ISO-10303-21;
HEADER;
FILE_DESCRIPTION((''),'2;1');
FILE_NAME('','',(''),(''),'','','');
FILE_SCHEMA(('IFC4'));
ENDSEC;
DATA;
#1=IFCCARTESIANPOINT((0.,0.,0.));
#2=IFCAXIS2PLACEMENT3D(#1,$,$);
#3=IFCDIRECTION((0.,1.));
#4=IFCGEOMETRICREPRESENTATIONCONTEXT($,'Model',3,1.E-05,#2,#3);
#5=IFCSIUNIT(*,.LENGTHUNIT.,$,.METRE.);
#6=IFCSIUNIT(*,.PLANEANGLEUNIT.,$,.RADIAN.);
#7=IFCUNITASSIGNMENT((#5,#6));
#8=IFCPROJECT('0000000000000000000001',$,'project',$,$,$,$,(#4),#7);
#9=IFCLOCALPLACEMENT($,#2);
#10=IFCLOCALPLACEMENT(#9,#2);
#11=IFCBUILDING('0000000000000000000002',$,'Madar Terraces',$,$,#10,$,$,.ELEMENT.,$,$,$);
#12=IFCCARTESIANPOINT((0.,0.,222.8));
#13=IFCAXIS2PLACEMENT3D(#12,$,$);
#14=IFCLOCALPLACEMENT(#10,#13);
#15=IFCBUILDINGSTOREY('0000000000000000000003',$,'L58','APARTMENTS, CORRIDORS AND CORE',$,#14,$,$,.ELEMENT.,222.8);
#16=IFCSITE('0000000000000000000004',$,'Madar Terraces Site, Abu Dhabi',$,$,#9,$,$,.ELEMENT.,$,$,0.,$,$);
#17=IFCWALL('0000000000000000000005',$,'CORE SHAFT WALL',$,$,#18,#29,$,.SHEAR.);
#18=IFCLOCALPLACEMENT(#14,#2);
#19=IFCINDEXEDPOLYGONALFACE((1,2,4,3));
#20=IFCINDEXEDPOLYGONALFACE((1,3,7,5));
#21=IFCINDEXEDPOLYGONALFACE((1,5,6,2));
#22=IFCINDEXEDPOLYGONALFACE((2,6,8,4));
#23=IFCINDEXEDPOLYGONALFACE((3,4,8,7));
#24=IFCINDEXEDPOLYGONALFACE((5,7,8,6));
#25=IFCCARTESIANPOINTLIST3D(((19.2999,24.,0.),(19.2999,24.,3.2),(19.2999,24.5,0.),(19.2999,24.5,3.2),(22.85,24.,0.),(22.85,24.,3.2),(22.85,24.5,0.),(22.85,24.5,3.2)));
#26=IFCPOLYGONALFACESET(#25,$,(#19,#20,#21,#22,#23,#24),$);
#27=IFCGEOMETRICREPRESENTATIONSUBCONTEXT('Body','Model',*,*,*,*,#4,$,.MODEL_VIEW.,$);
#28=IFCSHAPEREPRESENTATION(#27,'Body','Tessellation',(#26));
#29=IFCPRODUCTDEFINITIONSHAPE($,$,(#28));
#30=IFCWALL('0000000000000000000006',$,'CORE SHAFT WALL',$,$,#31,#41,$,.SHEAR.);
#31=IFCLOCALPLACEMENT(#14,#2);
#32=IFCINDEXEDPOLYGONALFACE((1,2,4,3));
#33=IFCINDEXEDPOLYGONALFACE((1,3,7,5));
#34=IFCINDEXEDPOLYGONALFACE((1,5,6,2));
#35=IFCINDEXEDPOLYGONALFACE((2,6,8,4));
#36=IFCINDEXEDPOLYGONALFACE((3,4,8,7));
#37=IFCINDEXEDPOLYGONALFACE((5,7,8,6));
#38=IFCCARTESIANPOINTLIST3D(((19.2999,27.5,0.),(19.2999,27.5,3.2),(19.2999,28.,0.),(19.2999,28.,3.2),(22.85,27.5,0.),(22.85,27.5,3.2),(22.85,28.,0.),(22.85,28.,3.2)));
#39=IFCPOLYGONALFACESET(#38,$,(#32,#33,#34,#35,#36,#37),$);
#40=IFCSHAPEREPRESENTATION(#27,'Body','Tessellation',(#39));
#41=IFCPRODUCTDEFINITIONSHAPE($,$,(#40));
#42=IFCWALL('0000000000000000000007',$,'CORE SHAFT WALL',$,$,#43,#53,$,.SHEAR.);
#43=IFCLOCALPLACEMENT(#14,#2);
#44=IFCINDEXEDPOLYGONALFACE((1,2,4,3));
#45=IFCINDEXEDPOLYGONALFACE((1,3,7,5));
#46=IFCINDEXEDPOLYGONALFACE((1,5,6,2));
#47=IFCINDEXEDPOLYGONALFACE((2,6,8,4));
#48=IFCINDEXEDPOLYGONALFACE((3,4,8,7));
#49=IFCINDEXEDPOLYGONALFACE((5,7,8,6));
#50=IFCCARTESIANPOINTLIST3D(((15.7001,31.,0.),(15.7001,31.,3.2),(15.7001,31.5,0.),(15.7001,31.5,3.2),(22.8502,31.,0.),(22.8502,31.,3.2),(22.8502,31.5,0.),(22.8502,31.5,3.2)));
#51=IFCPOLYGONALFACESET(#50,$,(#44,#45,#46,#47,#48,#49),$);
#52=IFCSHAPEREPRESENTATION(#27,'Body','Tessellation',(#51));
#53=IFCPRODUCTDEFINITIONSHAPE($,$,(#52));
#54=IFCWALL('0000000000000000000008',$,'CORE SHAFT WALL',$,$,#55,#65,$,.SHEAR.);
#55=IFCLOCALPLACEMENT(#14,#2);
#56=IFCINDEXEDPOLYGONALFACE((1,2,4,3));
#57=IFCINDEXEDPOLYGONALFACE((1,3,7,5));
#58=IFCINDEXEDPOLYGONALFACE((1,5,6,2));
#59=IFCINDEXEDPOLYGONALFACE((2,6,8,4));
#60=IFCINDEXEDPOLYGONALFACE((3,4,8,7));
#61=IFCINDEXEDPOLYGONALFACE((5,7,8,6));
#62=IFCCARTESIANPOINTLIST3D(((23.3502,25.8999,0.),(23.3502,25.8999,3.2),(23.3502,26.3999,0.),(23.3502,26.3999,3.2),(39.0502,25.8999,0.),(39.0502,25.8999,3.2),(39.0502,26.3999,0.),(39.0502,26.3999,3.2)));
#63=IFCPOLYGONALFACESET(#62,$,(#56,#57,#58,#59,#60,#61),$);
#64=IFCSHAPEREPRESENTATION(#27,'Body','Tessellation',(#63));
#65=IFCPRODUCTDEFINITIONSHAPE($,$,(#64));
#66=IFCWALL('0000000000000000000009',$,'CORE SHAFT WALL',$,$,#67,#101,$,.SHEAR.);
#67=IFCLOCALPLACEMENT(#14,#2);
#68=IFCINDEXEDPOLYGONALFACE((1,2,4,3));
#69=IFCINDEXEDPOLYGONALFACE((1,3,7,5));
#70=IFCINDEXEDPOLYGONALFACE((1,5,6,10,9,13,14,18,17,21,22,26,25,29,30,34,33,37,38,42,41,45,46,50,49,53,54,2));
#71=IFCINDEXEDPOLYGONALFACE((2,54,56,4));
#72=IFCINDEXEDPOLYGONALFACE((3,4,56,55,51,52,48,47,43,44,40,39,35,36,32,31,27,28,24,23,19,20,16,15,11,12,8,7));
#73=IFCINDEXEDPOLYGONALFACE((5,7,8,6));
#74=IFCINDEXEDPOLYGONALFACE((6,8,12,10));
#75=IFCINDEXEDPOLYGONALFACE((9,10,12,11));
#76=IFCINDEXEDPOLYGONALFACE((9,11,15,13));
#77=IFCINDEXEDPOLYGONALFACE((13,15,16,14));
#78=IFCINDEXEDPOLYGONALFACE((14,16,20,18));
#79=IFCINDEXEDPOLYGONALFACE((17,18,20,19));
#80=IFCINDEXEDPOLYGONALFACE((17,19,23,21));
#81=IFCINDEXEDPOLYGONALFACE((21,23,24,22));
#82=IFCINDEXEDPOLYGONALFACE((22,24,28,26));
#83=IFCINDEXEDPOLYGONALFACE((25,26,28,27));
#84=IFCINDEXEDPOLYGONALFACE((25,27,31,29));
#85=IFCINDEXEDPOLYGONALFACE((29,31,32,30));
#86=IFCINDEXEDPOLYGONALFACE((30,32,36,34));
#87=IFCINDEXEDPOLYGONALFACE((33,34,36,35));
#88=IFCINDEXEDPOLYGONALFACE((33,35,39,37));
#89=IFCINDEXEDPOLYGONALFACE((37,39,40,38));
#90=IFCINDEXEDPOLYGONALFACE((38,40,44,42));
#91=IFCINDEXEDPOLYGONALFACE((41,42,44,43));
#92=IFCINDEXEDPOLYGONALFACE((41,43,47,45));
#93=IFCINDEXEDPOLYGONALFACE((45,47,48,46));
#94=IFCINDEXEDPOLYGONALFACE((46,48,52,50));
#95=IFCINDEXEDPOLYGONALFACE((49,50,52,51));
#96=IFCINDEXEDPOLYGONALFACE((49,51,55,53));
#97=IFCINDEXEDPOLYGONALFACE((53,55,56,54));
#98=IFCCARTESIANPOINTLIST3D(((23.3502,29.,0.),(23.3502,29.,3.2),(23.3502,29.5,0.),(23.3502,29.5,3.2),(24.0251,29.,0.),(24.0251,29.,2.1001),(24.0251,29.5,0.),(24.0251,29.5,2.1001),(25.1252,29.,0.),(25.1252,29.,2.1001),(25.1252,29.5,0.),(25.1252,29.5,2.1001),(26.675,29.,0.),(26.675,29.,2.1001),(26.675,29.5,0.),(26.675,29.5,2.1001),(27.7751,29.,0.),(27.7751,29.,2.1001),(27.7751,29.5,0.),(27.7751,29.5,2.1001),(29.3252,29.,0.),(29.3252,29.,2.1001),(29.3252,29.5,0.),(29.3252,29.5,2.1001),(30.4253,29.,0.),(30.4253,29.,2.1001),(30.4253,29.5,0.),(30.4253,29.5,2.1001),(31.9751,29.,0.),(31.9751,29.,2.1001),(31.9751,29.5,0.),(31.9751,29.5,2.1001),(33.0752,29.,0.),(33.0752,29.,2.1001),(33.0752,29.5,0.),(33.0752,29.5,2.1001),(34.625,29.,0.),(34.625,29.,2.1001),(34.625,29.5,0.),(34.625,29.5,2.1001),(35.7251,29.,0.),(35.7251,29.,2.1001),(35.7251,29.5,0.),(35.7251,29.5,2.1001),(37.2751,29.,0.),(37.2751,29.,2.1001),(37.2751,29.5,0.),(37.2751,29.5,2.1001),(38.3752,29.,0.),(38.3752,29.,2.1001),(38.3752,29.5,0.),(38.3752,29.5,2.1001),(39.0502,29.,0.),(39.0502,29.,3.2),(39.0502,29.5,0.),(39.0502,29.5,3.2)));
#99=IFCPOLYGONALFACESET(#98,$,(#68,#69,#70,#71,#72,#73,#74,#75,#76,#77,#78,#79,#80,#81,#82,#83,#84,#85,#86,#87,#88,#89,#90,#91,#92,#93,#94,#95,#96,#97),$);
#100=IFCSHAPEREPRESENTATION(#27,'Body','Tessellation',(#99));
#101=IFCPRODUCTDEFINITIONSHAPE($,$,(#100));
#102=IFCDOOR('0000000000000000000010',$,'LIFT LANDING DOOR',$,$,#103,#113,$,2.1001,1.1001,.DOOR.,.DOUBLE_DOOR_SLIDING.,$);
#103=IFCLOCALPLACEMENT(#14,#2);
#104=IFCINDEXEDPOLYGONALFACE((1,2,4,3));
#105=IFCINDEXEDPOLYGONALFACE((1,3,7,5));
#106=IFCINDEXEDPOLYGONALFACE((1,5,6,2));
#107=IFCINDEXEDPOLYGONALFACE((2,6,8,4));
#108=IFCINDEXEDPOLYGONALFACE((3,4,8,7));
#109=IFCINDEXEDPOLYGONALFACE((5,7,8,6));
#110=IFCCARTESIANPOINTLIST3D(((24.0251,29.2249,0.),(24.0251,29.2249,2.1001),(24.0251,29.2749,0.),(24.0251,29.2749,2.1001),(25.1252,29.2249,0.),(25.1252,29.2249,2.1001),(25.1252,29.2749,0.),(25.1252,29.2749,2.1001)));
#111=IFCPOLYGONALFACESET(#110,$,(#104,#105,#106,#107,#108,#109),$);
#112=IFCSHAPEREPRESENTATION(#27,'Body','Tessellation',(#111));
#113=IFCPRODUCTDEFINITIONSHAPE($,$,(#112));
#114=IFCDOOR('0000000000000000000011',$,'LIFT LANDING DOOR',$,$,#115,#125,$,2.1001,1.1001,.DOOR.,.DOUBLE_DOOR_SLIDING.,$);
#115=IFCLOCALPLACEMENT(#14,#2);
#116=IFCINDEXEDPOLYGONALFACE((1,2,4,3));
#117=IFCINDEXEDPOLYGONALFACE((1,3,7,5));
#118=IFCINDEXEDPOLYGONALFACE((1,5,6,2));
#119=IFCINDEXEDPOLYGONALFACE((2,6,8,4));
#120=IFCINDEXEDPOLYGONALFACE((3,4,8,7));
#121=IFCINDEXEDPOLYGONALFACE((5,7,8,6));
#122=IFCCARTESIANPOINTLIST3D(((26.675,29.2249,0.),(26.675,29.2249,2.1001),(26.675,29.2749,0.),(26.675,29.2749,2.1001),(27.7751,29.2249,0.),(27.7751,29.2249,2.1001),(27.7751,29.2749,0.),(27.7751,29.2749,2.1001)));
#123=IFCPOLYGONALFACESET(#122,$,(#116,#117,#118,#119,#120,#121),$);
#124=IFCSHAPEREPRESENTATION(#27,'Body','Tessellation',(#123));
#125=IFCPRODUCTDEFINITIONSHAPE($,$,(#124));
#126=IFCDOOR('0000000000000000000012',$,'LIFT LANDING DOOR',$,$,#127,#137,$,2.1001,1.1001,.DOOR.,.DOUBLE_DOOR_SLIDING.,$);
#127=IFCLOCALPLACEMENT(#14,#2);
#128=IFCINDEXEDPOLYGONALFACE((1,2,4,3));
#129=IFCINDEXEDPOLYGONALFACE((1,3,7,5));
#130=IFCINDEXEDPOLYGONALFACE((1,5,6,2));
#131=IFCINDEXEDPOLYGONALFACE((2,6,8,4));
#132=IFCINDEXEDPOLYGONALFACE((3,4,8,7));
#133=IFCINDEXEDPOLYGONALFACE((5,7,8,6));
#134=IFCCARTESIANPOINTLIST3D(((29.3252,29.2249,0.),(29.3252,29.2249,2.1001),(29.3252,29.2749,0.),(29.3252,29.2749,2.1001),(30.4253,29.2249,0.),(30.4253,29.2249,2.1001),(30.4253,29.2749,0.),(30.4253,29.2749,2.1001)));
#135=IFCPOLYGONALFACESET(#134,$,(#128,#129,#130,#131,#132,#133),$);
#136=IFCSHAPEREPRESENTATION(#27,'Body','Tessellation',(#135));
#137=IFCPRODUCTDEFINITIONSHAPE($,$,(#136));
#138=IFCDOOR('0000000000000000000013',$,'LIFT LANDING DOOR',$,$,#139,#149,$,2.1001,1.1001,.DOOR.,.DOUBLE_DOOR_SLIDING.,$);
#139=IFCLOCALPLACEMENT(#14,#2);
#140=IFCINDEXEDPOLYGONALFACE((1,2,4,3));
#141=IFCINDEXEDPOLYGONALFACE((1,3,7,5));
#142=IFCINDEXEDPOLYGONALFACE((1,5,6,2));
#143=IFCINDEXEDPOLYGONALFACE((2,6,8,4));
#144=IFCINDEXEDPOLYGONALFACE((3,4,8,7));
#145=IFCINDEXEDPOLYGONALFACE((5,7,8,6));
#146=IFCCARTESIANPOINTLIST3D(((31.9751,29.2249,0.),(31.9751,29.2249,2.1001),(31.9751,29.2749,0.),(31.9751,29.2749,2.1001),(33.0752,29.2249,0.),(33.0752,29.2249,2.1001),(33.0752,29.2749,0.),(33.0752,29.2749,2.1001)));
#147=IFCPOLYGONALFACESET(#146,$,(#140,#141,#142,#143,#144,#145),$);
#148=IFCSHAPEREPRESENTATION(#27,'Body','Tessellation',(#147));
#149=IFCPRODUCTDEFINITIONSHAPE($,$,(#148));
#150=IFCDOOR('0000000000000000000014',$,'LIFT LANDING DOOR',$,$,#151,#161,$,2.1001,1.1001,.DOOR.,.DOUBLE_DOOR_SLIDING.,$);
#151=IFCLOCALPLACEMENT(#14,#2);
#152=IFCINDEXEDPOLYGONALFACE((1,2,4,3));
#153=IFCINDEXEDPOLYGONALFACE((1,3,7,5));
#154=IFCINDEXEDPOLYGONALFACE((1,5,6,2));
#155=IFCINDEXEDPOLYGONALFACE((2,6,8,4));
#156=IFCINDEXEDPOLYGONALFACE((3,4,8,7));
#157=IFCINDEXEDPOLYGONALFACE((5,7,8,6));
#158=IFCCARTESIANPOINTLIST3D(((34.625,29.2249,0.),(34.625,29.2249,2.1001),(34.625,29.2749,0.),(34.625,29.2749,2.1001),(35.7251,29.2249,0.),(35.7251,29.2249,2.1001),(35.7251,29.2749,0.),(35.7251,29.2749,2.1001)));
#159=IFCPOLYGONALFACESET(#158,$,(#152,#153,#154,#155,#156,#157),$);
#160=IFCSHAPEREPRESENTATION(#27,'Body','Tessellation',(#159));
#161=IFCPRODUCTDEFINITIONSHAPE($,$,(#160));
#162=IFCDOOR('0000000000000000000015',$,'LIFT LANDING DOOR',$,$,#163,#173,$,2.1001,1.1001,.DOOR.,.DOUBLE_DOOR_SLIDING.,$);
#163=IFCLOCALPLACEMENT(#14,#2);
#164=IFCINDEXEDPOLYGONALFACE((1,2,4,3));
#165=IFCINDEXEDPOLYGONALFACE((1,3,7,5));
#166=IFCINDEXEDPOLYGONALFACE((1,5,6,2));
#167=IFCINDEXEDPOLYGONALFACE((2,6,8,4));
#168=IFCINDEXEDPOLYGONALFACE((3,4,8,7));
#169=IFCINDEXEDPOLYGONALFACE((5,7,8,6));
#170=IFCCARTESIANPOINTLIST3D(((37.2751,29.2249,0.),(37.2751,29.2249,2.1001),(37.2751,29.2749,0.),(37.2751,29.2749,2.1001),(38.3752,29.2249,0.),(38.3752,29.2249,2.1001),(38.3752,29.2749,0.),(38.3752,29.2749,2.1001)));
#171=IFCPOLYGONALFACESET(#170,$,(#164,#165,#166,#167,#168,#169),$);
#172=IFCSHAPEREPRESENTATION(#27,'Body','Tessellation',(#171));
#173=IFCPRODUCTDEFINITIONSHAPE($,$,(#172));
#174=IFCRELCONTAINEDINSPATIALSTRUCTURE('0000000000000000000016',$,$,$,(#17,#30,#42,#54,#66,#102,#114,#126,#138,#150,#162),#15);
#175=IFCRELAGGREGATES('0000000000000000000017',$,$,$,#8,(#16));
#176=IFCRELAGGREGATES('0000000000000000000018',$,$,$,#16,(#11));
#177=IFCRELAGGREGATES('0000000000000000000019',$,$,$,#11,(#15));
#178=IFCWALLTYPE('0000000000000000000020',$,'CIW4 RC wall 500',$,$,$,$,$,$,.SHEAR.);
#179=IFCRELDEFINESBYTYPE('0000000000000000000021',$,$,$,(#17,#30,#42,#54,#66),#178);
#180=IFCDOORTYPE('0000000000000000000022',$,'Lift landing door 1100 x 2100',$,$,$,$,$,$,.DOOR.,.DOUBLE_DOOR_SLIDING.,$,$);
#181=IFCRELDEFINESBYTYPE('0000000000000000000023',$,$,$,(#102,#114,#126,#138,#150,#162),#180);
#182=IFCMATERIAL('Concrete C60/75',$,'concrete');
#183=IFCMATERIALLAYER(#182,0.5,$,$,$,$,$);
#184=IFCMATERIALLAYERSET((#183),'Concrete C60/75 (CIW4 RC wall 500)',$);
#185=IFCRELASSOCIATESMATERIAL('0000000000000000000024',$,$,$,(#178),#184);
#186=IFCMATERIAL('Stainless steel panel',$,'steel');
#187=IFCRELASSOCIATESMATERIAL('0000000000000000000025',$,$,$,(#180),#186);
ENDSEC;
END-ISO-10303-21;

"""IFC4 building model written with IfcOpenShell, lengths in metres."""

from ifc_helpers import new_model, si_unit, direction, frame, frame_2d, origin, place, context, subcontext, project, spatial, rectangle, extrude, material, layer, layer_set, type_object, element, fill, save


model = new_model("IFC4")

# Units and contexts
model_context = context("Model", 3, precision=1e-05, world=origin(), true_north=direction((0.0, 1.0)))
body_context = subcontext(model_context, "Body", "Model", "MODEL_VIEW")
ifc_project = project(units=[si_unit("LENGTHUNIT", "METRE"), si_unit("PLANEANGLEUNIT", "RADIAN")], contexts=[model_context])

# Site, building, storey
site_placement = place(None, origin())
site = spatial("IfcSite", under=ifc_project, at=site_placement, Name="Madar Terraces Site, Abu Dhabi", CompositionType="ELEMENT", RefElevation=0.0)
building_placement = place(site_placement, origin())
building = spatial("IfcBuilding", under=site, at=building_placement, Name="Madar Terraces", CompositionType="ELEMENT")
storey_placement = place(building_placement, frame((0.0, 0.0, 222.8)))
storey = spatial("IfcBuildingStorey", under=building, at=storey_placement, Name="L58", Description="APARTMENTS, CORRIDORS AND CORE", CompositionType="ELEMENT", Elevation=222.8)

# Walls
ifc_material_1 = material(Name="Concrete C60/75", Category="concrete")
ifc_layer_1 = layer(ifc_material_1, 0.5)
ifc_layer_set_1 = layer_set([ifc_layer_1], Name="Concrete C60/75 (CIW4 RC wall 500)")
wall_type_1 = type_object("IfcWallType", Name="CIW4 RC wall 500", PredefinedType="SHEAR", material=ifc_layer_set_1)
for number, where, z_axis, x_axis, name in (
    (1, (19.3, 24.25, 0.0), (0.0, 0.0, 1.0), (1.0, 0.0, 0.0), "CORE SHAFT WALL"),
    (2, (19.3, 27.75, 0.0), (0.0, 0.0, 1.0), (1.0, 0.0, 0.0), "CORE SHAFT WALL"),
):
    element("IfcWall", number, at=place(storey_placement, frame(where, z_axis=z_axis, x_axis=x_axis)), inside=storey, type_object=wall_type_1, Name=name, PredefinedType="SHEAR", context=body_context, shape_type="SweptSolid", body=[
        extrude(rectangle(XDim=3.55, YDim=0.5, at=frame_2d((1.7749, 0.0))), origin(), (0.0, 0.0, 1.0), 3.2),
    ])
wall_1_placement = place(storey_placement, frame((15.7, 31.25, 0.0), z_axis=(0.0, 0.0, 1.0), x_axis=(1.0, 0.0, 0.0)))
element("IfcWall", 3, at=wall_1_placement, inside=storey, type_object=wall_type_1, Name="CORE SHAFT WALL", PredefinedType="SHEAR", context=body_context, shape_type="SweptSolid", body=[
    extrude(rectangle(XDim=7.1501, YDim=0.5, at=frame_2d((3.5752, 0.0))), origin(), (0.0, 0.0, 1.0), 3.2),
])
wall_2_placement = place(storey_placement, frame((23.3501, 26.1499, 0.0), z_axis=(0.0, 0.0, 1.0), x_axis=(1.0, 0.0, 0.0)))
element("IfcWall", 4, at=wall_2_placement, inside=storey, type_object=wall_type_1, Name="CORE SHAFT WALL", PredefinedType="SHEAR", context=body_context, shape_type="SweptSolid", body=[
    extrude(rectangle(XDim=15.7, YDim=0.5, at=frame_2d((7.8501, 0.0))), origin(), (0.0, 0.0, 1.0), 3.2),
])

# Wall, openings, doors
wall_3_placement = place(storey_placement, frame((23.3501, 29.25, 0.0), z_axis=(0.0, 0.0, 1.0), x_axis=(1.0, 0.0, 0.0)))
wall_3 = element("IfcWall", 5, at=wall_3_placement, inside=storey, type_object=wall_type_1, Name="CORE SHAFT WALL", PredefinedType="SHEAR", context=body_context, shape_type="SweptSolid", body=[
    extrude(rectangle(XDim=15.7, YDim=0.5, at=frame_2d((7.8501, 0.0))), origin(), (0.0, 0.0, 1.0), 3.2),
])
opening_1_placement = place(wall_3_placement, frame((0.675, 0.0, 0.0)))
opening_1 = element("IfcOpeningElement", 6, at=opening_1_placement, cuts=wall_3, PredefinedType="OPENING", context=body_context, shape_type="SweptSolid", body=[
    extrude(rectangle(XDim=1.1001, YDim=2.1001, at=frame_2d((0.55, 1.05))), frame((0.0, 0.26, 0.0), z_axis=(0.0, -1.0, 0.0), x_axis=(1.0, 0.0, 0.0)), (0.0, 0.0, 1.0), 0.52),
])
opening_2_placement = place(wall_3_placement, frame((3.325, 0.0, 0.0)))
opening_2 = element("IfcOpeningElement", 7, at=opening_2_placement, cuts=wall_3, PredefinedType="OPENING", context=body_context, shape_type="SweptSolid", body=[
    extrude(rectangle(XDim=1.1001, YDim=2.1001, at=frame_2d((0.55, 1.05))), frame((0.0, 0.26, 0.0), z_axis=(0.0, -1.0, 0.0), x_axis=(1.0, 0.0, 0.0)), (0.0, 0.0, 1.0), 0.52),
])
opening_3_placement = place(wall_3_placement, frame((5.9751, 0.0, 0.0)))
opening_3 = element("IfcOpeningElement", 8, at=opening_3_placement, cuts=wall_3, PredefinedType="OPENING", context=body_context, shape_type="SweptSolid", body=[
    extrude(rectangle(XDim=1.1001, YDim=2.1001, at=frame_2d((0.55, 1.05))), frame((0.0, 0.26, 0.0), z_axis=(0.0, -1.0, 0.0), x_axis=(1.0, 0.0, 0.0)), (0.0, 0.0, 1.0), 0.52),
])
opening_4_placement = place(wall_3_placement, frame((8.625, 0.0, 0.0)))
opening_4 = element("IfcOpeningElement", 9, at=opening_4_placement, cuts=wall_3, PredefinedType="OPENING", context=body_context, shape_type="SweptSolid", body=[
    extrude(rectangle(XDim=1.1001, YDim=2.1001, at=frame_2d((0.55, 1.05))), frame((0.0, 0.26, 0.0), z_axis=(0.0, -1.0, 0.0), x_axis=(1.0, 0.0, 0.0)), (0.0, 0.0, 1.0), 0.52),
])
opening_5_placement = place(wall_3_placement, frame((11.2749, 0.0, 0.0)))
opening_5 = element("IfcOpeningElement", 10, at=opening_5_placement, cuts=wall_3, PredefinedType="OPENING", context=body_context, shape_type="SweptSolid", body=[
    extrude(rectangle(XDim=1.1001, YDim=2.1001, at=frame_2d((0.55, 1.05))), frame((0.0, 0.26, 0.0), z_axis=(0.0, -1.0, 0.0), x_axis=(1.0, 0.0, 0.0)), (0.0, 0.0, 1.0), 0.52),
])
opening_6_placement = place(wall_3_placement, frame((13.925, 0.0, 0.0)))
opening_6 = element("IfcOpeningElement", 11, at=opening_6_placement, cuts=wall_3, PredefinedType="OPENING", context=body_context, shape_type="SweptSolid", body=[
    extrude(rectangle(XDim=1.1001, YDim=2.1001, at=frame_2d((0.55, 1.05))), frame((0.0, 0.26, 0.0), z_axis=(0.0, -1.0, 0.0), x_axis=(1.0, 0.0, 0.0)), (0.0, 0.0, 1.0), 0.52),
])
ifc_material_2 = material(Name="Stainless steel panel", Category="steel")
door_type_1 = type_object("IfcDoorType", Name="Lift landing door 1100 x 2100", OperationType="DOUBLE_DOOR_SLIDING", PredefinedType="DOOR", material=ifc_material_2)
door_1_placement = place(opening_1_placement, origin())
door_1 = element("IfcDoor", 12, at=door_1_placement, inside=storey, type_object=door_type_1, Name="LIFT LANDING DOOR", OperationType="DOUBLE_DOOR_SLIDING", OverallHeight=2.1001, OverallWidth=1.1001, PredefinedType="DOOR", context=body_context, shape_type="SweptSolid", body=[
    extrude(rectangle(XDim=1.1001, YDim=2.1001, at=frame_2d((0.55, 1.05))), frame((0.0, 0.0249, 0.0), z_axis=(0.0, -1.0, 0.0), x_axis=(1.0, 0.0, 0.0)), (0.0, 0.0, 1.0), 0.05),
])
fill(opening_1, door_1)
door_2_placement = place(opening_2_placement, origin())
door_2 = element("IfcDoor", 13, at=door_2_placement, inside=storey, type_object=door_type_1, Name="LIFT LANDING DOOR", OperationType="DOUBLE_DOOR_SLIDING", OverallHeight=2.1001, OverallWidth=1.1001, PredefinedType="DOOR", context=body_context, shape_type="SweptSolid", body=[
    extrude(rectangle(XDim=1.1001, YDim=2.1001, at=frame_2d((0.55, 1.05))), frame((0.0, 0.0249, 0.0), z_axis=(0.0, -1.0, 0.0), x_axis=(1.0, 0.0, 0.0)), (0.0, 0.0, 1.0), 0.05),
])
fill(opening_2, door_2)
door_3_placement = place(opening_3_placement, origin())
door_3 = element("IfcDoor", 14, at=door_3_placement, inside=storey, type_object=door_type_1, Name="LIFT LANDING DOOR", OperationType="DOUBLE_DOOR_SLIDING", OverallHeight=2.1001, OverallWidth=1.1001, PredefinedType="DOOR", context=body_context, shape_type="SweptSolid", body=[
    extrude(rectangle(XDim=1.1001, YDim=2.1001, at=frame_2d((0.55, 1.05))), frame((0.0, 0.0249, 0.0), z_axis=(0.0, -1.0, 0.0), x_axis=(1.0, 0.0, 0.0)), (0.0, 0.0, 1.0), 0.05),
])
fill(opening_3, door_3)
door_4_placement = place(opening_4_placement, origin())
door_4 = element("IfcDoor", 15, at=door_4_placement, inside=storey, type_object=door_type_1, Name="LIFT LANDING DOOR", OperationType="DOUBLE_DOOR_SLIDING", OverallHeight=2.1001, OverallWidth=1.1001, PredefinedType="DOOR", context=body_context, shape_type="SweptSolid", body=[
    extrude(rectangle(XDim=1.1001, YDim=2.1001, at=frame_2d((0.55, 1.05))), frame((0.0, 0.0249, 0.0), z_axis=(0.0, -1.0, 0.0), x_axis=(1.0, 0.0, 0.0)), (0.0, 0.0, 1.0), 0.05),
])
fill(opening_4, door_4)
door_5_placement = place(opening_5_placement, origin())
door_5 = element("IfcDoor", 16, at=door_5_placement, inside=storey, type_object=door_type_1, Name="LIFT LANDING DOOR", OperationType="DOUBLE_DOOR_SLIDING", OverallHeight=2.1001, OverallWidth=1.1001, PredefinedType="DOOR", context=body_context, shape_type="SweptSolid", body=[
    extrude(rectangle(XDim=1.1001, YDim=2.1001, at=frame_2d((0.55, 1.05))), frame((0.0, 0.0249, 0.0), z_axis=(0.0, -1.0, 0.0), x_axis=(1.0, 0.0, 0.0)), (0.0, 0.0, 1.0), 0.05),
])
fill(opening_5, door_5)
door_6_placement = place(opening_6_placement, origin())
door_6 = element("IfcDoor", 17, at=door_6_placement, inside=storey, type_object=door_type_1, Name="LIFT LANDING DOOR", OperationType="DOUBLE_DOOR_SLIDING", OverallHeight=2.1001, OverallWidth=1.1001, PredefinedType="DOOR", context=body_context, shape_type="SweptSolid", body=[
    extrude(rectangle(XDim=1.1001, YDim=2.1001, at=frame_2d((0.55, 1.05))), frame((0.0, 0.0249, 0.0), z_axis=(0.0, -1.0, 0.0), x_axis=(1.0, 0.0, 0.0)), (0.0, 0.0, 1.0), 0.05),
])
fill(opening_6, door_6)

save(model, "model.ifc")
